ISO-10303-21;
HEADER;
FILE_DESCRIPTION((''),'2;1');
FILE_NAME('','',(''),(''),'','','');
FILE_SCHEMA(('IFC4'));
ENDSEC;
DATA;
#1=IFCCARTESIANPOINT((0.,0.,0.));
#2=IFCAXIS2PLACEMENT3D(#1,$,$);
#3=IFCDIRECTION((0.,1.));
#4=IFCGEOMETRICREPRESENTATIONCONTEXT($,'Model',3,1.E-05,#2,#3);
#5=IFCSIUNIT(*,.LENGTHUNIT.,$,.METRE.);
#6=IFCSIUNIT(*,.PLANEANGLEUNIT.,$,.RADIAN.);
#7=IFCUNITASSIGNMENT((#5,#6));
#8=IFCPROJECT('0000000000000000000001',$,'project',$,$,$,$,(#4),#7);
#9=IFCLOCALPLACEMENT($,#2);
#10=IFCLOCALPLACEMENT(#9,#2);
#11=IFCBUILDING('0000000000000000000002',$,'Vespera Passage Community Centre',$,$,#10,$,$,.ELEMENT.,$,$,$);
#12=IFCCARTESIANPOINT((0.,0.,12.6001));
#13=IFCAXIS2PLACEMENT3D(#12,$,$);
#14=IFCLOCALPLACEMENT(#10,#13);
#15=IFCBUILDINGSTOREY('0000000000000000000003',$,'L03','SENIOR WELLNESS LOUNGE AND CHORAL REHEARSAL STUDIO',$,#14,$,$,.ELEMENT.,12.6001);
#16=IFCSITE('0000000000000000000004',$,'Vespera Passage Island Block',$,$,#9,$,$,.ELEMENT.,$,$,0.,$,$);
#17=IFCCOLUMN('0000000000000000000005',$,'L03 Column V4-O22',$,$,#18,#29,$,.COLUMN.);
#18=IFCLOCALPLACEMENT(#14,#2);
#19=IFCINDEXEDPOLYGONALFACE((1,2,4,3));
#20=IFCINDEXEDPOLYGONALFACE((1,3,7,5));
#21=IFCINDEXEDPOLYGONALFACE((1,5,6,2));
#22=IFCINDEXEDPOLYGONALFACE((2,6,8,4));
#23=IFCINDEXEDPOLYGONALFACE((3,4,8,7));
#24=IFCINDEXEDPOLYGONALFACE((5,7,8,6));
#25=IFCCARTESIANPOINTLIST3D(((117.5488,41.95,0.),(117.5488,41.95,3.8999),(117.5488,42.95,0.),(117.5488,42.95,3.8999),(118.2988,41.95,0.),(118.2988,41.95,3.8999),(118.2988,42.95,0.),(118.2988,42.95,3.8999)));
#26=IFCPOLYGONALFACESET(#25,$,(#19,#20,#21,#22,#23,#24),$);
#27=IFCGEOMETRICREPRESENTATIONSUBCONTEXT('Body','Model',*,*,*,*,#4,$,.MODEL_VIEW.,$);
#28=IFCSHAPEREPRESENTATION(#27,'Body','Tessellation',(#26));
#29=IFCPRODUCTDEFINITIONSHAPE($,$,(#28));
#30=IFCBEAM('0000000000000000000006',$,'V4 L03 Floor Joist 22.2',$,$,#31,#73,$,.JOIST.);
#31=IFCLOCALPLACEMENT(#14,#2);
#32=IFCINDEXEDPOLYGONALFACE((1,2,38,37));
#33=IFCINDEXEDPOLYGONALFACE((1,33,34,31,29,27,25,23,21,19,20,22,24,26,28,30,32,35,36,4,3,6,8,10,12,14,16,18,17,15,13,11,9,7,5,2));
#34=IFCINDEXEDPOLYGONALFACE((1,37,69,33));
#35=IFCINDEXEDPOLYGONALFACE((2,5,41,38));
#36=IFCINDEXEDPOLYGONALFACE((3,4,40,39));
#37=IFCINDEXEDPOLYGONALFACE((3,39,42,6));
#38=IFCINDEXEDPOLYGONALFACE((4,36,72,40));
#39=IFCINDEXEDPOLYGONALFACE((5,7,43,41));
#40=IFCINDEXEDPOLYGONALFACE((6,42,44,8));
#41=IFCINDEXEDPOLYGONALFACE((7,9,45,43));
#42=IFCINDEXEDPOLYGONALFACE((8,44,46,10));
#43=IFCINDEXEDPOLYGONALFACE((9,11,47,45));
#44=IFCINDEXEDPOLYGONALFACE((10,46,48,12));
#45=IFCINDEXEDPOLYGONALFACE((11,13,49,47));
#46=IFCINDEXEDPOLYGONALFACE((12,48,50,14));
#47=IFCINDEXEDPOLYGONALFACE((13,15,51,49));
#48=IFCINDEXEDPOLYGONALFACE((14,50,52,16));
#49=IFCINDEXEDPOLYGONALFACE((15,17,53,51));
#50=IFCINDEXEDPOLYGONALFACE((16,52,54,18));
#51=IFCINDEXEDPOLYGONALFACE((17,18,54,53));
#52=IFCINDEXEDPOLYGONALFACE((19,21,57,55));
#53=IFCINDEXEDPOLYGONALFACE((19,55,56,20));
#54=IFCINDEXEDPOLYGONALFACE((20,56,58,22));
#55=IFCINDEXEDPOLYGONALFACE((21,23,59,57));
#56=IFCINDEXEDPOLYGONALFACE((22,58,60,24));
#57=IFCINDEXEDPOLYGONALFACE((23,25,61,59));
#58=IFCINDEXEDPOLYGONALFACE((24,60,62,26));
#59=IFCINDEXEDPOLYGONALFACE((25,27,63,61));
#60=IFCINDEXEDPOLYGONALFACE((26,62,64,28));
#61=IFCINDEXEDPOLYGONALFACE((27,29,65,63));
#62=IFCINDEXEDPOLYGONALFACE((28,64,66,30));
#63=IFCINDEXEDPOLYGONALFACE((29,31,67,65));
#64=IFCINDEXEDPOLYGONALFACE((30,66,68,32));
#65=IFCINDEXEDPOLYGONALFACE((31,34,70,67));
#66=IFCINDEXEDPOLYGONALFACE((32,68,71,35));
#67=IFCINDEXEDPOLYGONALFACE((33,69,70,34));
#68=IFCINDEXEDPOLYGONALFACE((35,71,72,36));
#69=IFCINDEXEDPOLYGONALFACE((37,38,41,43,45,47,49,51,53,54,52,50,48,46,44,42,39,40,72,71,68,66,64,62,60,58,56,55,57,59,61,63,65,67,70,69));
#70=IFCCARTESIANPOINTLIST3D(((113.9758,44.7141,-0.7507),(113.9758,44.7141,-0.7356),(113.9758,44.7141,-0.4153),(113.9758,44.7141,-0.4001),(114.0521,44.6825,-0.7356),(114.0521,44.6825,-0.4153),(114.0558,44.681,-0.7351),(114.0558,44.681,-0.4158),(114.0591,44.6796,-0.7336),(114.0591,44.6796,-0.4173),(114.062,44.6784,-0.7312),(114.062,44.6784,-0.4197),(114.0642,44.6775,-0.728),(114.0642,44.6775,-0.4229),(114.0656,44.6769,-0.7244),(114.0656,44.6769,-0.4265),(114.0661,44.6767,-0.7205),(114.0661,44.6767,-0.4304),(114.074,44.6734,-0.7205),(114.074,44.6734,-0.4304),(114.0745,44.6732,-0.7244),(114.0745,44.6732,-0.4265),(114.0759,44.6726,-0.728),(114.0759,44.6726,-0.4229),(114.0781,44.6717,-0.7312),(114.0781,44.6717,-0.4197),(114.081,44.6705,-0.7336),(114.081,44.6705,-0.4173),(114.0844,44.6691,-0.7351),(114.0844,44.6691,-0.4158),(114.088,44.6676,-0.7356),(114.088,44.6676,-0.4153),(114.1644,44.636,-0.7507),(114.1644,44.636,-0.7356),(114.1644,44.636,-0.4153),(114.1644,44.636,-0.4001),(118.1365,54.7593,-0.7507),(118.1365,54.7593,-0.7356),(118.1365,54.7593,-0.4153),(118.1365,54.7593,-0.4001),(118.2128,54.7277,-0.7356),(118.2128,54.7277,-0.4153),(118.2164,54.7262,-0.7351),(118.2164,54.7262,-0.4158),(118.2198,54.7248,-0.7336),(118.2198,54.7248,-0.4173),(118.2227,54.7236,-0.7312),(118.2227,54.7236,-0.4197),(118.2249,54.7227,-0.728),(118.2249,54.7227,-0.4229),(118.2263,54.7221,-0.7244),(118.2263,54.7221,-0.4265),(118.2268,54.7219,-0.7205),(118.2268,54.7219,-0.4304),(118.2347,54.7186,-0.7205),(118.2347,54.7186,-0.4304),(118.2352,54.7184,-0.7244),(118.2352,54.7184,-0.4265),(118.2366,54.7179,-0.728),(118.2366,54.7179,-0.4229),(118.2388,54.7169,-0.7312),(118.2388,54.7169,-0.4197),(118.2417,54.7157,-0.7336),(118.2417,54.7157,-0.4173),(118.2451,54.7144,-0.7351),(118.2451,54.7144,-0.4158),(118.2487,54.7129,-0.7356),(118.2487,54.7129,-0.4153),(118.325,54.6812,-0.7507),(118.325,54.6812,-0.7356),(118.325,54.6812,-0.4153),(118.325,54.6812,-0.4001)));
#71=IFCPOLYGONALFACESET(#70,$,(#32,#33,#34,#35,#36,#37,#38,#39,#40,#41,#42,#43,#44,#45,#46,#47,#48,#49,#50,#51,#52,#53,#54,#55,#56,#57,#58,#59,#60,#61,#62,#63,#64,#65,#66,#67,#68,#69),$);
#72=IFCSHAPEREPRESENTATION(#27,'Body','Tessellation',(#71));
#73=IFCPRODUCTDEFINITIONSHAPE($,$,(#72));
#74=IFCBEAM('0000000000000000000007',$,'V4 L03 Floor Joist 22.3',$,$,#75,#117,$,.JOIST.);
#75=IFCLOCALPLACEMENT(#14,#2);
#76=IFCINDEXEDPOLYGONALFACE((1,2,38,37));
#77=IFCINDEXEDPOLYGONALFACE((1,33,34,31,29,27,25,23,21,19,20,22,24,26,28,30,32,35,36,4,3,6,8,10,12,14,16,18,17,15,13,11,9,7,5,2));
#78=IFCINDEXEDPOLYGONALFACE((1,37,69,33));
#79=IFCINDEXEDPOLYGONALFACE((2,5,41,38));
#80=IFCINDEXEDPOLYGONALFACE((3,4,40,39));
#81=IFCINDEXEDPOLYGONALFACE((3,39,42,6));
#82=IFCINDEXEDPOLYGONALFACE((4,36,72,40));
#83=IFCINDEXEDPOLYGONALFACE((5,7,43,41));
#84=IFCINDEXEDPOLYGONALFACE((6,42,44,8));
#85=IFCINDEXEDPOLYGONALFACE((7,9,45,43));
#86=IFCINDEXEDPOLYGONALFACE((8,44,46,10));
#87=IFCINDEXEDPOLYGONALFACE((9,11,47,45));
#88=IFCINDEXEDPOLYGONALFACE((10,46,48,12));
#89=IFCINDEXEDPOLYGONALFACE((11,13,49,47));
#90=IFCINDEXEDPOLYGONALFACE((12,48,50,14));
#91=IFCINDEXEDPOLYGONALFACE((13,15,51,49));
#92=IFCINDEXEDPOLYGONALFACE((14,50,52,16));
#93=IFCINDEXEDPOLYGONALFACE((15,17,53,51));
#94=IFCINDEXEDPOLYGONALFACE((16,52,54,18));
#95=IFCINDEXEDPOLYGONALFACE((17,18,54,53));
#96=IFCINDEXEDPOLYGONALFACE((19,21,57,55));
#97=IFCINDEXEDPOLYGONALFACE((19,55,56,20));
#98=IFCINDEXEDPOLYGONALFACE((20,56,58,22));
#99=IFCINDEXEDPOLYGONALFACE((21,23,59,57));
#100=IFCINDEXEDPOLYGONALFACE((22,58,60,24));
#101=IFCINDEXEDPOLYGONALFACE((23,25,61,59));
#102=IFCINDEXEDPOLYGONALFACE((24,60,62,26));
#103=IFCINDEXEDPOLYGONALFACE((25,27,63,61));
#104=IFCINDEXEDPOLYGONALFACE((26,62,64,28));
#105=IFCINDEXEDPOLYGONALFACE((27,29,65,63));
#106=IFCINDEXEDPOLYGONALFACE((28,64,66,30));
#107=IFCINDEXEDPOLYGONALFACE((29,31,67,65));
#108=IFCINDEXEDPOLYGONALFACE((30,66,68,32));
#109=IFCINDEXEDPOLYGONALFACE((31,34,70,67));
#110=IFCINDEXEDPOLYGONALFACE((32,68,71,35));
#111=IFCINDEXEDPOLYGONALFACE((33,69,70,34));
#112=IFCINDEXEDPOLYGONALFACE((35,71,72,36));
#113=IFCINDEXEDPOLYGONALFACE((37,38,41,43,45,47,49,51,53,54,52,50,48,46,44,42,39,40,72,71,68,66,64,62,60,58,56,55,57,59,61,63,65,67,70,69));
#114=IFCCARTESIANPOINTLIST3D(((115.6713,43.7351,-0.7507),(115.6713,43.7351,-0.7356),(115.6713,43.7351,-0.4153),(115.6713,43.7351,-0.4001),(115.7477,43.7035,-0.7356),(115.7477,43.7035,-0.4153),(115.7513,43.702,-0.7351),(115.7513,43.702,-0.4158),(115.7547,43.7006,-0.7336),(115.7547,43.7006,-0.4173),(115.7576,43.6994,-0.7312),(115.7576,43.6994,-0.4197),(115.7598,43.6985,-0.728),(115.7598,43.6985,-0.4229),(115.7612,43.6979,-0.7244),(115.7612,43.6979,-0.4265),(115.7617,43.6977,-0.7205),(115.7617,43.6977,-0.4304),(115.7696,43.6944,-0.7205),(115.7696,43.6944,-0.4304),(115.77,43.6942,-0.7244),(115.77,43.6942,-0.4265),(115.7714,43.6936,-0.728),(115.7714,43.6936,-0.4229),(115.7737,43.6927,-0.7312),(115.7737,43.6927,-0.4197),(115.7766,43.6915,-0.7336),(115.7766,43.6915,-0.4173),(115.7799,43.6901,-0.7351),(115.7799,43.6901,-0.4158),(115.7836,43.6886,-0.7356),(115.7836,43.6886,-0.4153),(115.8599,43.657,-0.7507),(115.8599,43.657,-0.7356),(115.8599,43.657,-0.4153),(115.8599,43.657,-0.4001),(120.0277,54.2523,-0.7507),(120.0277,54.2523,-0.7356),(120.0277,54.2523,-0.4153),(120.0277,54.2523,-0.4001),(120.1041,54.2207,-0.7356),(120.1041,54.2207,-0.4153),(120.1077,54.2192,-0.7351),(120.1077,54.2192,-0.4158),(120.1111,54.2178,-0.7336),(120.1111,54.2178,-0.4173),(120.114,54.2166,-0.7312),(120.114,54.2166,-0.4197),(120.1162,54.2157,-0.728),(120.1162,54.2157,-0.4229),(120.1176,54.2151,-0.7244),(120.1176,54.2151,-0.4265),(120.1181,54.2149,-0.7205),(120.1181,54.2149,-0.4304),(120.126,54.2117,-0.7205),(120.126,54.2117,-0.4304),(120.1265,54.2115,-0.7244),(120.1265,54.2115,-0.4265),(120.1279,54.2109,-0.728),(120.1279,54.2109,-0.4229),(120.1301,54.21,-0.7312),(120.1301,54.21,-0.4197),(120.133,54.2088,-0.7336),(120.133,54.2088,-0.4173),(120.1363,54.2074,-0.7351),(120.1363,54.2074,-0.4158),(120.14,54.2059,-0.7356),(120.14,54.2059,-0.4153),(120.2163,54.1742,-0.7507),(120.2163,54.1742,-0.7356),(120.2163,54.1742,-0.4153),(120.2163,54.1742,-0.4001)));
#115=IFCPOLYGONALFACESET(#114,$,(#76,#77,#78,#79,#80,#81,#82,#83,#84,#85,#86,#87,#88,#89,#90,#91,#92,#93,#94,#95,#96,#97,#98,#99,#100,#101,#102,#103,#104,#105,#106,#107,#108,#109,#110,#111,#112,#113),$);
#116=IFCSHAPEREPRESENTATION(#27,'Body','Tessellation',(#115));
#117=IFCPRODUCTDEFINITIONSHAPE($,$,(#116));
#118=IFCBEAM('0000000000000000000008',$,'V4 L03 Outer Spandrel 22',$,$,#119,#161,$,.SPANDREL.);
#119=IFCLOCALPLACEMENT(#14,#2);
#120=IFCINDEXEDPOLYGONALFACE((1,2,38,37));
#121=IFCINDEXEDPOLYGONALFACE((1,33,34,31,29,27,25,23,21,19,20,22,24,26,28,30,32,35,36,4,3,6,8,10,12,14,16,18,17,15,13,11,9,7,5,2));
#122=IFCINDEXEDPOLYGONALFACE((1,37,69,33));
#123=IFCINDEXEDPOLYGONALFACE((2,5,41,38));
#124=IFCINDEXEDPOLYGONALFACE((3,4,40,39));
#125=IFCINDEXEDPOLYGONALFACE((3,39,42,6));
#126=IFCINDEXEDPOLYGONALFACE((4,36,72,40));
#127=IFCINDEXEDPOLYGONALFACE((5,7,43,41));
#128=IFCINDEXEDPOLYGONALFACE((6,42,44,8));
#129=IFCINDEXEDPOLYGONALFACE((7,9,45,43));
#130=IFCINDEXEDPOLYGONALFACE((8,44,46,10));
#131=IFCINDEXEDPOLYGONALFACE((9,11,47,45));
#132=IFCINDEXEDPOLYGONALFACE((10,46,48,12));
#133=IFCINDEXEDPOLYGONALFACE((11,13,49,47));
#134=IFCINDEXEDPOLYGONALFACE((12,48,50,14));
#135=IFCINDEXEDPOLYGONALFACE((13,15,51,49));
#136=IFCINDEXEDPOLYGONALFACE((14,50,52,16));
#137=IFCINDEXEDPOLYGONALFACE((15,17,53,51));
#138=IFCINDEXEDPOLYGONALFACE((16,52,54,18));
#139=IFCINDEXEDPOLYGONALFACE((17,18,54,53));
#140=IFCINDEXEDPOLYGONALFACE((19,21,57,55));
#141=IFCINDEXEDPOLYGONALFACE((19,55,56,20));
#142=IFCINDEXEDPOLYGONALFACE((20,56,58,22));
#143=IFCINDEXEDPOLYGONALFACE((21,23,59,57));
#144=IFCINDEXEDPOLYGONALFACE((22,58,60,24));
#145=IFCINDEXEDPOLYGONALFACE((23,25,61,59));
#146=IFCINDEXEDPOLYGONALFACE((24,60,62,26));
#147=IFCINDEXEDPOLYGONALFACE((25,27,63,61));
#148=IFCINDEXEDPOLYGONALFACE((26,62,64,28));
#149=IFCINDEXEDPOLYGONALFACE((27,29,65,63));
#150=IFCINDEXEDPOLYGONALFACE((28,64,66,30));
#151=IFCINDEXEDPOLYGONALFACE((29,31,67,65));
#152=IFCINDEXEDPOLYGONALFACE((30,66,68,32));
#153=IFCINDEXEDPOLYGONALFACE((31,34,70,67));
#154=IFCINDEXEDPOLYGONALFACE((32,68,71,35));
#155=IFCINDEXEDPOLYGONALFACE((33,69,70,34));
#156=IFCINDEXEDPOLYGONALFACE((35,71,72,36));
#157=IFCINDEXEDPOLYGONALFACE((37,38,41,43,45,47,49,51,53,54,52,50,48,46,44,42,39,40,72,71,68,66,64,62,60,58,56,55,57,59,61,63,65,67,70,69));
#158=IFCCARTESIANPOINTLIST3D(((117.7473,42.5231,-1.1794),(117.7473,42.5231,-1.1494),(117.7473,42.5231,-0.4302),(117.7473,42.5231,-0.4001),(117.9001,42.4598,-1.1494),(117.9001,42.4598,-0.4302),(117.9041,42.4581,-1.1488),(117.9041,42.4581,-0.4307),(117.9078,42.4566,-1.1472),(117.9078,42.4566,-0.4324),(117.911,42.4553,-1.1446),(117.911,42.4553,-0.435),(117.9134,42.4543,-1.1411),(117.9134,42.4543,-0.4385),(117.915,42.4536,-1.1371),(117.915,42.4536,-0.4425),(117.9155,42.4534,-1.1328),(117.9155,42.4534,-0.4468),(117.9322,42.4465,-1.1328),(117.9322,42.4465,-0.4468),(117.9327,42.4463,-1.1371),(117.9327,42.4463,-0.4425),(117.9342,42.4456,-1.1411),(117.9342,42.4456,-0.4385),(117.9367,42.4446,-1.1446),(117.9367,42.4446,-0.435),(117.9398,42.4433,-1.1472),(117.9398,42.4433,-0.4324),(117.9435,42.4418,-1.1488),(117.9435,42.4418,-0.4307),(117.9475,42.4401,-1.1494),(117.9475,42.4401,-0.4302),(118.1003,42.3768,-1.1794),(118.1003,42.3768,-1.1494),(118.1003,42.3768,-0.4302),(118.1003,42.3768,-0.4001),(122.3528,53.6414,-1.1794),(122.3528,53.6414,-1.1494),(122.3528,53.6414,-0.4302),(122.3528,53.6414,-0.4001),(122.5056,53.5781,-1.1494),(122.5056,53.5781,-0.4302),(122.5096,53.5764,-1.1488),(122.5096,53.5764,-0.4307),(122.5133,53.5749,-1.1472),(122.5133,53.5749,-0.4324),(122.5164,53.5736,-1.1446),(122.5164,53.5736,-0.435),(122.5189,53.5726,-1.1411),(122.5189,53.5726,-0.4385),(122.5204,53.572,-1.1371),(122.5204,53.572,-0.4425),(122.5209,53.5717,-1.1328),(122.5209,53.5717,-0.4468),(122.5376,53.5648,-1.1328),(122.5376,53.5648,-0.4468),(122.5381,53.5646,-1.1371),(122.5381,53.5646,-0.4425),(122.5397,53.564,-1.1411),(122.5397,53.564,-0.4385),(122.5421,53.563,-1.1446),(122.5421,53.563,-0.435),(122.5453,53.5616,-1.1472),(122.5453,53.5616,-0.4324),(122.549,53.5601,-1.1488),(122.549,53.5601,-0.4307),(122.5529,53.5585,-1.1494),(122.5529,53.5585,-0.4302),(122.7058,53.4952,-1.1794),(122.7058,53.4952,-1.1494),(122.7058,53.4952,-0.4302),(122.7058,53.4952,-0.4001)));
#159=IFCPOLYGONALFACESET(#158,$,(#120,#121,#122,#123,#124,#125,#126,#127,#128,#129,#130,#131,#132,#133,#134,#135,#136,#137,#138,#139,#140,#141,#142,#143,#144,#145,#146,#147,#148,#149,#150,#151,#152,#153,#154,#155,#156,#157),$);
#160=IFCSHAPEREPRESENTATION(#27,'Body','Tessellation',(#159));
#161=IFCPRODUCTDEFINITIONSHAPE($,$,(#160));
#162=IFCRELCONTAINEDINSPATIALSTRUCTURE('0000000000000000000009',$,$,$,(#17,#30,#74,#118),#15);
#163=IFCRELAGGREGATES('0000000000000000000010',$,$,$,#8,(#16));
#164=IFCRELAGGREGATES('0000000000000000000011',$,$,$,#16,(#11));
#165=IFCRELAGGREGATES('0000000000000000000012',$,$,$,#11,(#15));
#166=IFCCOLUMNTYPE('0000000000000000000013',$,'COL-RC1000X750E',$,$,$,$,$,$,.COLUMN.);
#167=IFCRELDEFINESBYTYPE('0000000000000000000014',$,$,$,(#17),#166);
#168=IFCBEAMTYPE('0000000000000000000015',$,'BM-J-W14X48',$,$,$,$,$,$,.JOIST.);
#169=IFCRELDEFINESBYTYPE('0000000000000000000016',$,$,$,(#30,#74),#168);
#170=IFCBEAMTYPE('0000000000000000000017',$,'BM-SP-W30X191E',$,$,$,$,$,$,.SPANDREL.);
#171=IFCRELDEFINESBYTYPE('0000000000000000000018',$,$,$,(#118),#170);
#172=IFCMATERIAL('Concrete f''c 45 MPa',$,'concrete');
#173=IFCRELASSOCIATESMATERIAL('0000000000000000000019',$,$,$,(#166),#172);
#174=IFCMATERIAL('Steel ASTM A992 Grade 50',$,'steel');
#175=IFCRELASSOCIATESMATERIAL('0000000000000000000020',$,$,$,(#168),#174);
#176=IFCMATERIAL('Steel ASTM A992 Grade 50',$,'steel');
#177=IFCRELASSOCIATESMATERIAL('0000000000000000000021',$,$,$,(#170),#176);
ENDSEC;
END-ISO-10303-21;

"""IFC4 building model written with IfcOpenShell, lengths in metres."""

from ifc_helpers import new_model, si_unit, direction, frame, origin, origin_2d, place, context, subcontext, project, spatial, rectangle, i_section, extrude, material, material_profile, profile_set, type_object, element, save


model = new_model("IFC4")

# Units and contexts
model_context = context("Model", 3, precision=1e-05, world=origin(), true_north=direction((0.0, 1.0)))
body_context = subcontext(model_context, "Body", "Model", "MODEL_VIEW")
ifc_project = project(units=[si_unit("LENGTHUNIT", "METRE"), si_unit("PLANEANGLEUNIT", "RADIAN")], contexts=[model_context])

# Site, building, storey
site_placement = place(None, origin())
site = spatial("IfcSite", under=ifc_project, at=site_placement, Name="Vespera Passage Island Block", CompositionType="ELEMENT", RefElevation=0.0)
building_placement = place(site_placement, origin())
building = spatial("IfcBuilding", under=site, at=building_placement, Name="Vespera Passage Community Centre", CompositionType="ELEMENT")
storey_placement = place(building_placement, frame((0.0, 0.0, 12.6001)))
storey = spatial("IfcBuildingStorey", under=building, at=storey_placement, Name="L03", Description="SENIOR WELLNESS LOUNGE AND CHORAL REHEARSAL STUDIO", CompositionType="ELEMENT", Elevation=12.6001)

# Column
ifc_material_1 = material(Name="Concrete f'c 45 MPa", Category="concrete")
ifc_material_profile_1 = material_profile(ifc_material_1, rectangle(XDim=0.75, YDim=1.0, at=origin_2d()), Name="RC1000X750")
ifc_profile_set_1 = profile_set([ifc_material_profile_1], Name="Concrete f'c 45 MPa")
column_type = type_object("IfcColumnType", Name="COL-RC1000X750E", PredefinedType="COLUMN", material=ifc_profile_set_1)
column_placement = place(storey_placement, frame((117.9238, 42.45, 0.0), z_axis=(0.0, 0.0, 1.0), x_axis=(1.0, 0.0, 0.0)))
element("IfcColumn", 1, at=column_placement, inside=storey, type_object=column_type, Name="L03 Column V4-O22", PredefinedType="COLUMN", context=body_context, shape_type="SweptSolid", body=[
    extrude(rectangle(XDim=0.75, YDim=1.0, at=origin_2d()), origin(), (0.0, 0.0, 1.0), 3.8999),
])

# Beams
ifc_material_2 = material(Name="Steel ASTM A992 Grade 50", Category="steel")
ifc_material_profile_2 = material_profile(ifc_material_2, i_section(OverallWidth=0.2041, OverallDepth=0.3506, WebThickness=0.0085, FlangeThickness=0.0151, FilletRadius=0.0151, at=origin_2d()), Name="W14X48")
ifc_profile_set_2 = profile_set([ifc_material_profile_2], Name="Steel ASTM A992 Grade 50")
beam_type_1 = type_object("IfcBeamType", Name="BM-J-W14X48", PredefinedType="JOIST", material=ifc_profile_set_2)
beam_1_placement = place(storey_placement, frame((114.0701, 44.675, -0.5754), z_axis=(0.382668, 0.923886, 0.0), x_axis=(-0.923886, 0.382668, 0.0)))
element("IfcBeam", 2, at=beam_1_placement, inside=storey, type_object=beam_type_1, Name="V4 L03 Floor Joist 22.2", PredefinedType="JOIST", context=body_context, shape_type="SweptSolid", body=[
    extrude(i_section(OverallWidth=0.2041, OverallDepth=0.3506, WebThickness=0.0085, FlangeThickness=0.0151, FilletRadius=0.0151, at=origin_2d()), origin(), (0.0, 0.0, 1.0), 10.8728),
])
beam_2_placement = place(storey_placement, frame((115.7656, 43.696, -0.5754), z_axis=(0.382685, 0.923879, 0.0), x_axis=(-0.923879, 0.382685, 0.0)))
element("IfcBeam", 3, at=beam_2_placement, inside=storey, type_object=beam_type_1, Name="V4 L03 Floor Joist 22.3", PredefinedType="JOIST", context=body_context, shape_type="SweptSolid", body=[
    extrude(i_section(OverallWidth=0.2041, OverallDepth=0.3506, WebThickness=0.0085, FlangeThickness=0.0151, FilletRadius=0.0151, at=origin_2d()), origin(), (0.0, 0.0, 1.0), 11.3838),
])
ifc_material_3 = material(Name="Steel ASTM A992 Grade 50", Category="steel")
ifc_material_profile_3 = material_profile(ifc_material_3, i_section(OverallWidth=0.3821, OverallDepth=0.7793, WebThickness=0.0181, FlangeThickness=0.03, FilletRadius=0.0166, at=origin_2d()), Name="W30X191")
ifc_profile_set_3 = profile_set([ifc_material_profile_3], Name="Steel ASTM A992 Grade 50")
beam_type_2 = type_object("IfcBeamType", Name="BM-SP-W30X191E", PredefinedType="SPANDREL", material=ifc_profile_set_3)
beam_3_placement = place(storey_placement, frame((117.9238, 42.45, -0.7898), z_axis=(0.382689, 0.923877, 0.0), x_axis=(-0.923877, 0.382689, 0.0)))
element("IfcBeam", 4, at=beam_3_placement, inside=storey, type_object=beam_type_2, Name="V4 L03 Outer Spandrel 22", PredefinedType="SPANDREL", context=body_context, shape_type="SweptSolid", body=[
    extrude(i_section(OverallWidth=0.3821, OverallDepth=0.7793, WebThickness=0.0181, FlangeThickness=0.03, FilletRadius=0.0166, at=origin_2d()), origin(), (0.0, 0.0, 1.0), 12.0344),
])

save(model, "model.ifc")
